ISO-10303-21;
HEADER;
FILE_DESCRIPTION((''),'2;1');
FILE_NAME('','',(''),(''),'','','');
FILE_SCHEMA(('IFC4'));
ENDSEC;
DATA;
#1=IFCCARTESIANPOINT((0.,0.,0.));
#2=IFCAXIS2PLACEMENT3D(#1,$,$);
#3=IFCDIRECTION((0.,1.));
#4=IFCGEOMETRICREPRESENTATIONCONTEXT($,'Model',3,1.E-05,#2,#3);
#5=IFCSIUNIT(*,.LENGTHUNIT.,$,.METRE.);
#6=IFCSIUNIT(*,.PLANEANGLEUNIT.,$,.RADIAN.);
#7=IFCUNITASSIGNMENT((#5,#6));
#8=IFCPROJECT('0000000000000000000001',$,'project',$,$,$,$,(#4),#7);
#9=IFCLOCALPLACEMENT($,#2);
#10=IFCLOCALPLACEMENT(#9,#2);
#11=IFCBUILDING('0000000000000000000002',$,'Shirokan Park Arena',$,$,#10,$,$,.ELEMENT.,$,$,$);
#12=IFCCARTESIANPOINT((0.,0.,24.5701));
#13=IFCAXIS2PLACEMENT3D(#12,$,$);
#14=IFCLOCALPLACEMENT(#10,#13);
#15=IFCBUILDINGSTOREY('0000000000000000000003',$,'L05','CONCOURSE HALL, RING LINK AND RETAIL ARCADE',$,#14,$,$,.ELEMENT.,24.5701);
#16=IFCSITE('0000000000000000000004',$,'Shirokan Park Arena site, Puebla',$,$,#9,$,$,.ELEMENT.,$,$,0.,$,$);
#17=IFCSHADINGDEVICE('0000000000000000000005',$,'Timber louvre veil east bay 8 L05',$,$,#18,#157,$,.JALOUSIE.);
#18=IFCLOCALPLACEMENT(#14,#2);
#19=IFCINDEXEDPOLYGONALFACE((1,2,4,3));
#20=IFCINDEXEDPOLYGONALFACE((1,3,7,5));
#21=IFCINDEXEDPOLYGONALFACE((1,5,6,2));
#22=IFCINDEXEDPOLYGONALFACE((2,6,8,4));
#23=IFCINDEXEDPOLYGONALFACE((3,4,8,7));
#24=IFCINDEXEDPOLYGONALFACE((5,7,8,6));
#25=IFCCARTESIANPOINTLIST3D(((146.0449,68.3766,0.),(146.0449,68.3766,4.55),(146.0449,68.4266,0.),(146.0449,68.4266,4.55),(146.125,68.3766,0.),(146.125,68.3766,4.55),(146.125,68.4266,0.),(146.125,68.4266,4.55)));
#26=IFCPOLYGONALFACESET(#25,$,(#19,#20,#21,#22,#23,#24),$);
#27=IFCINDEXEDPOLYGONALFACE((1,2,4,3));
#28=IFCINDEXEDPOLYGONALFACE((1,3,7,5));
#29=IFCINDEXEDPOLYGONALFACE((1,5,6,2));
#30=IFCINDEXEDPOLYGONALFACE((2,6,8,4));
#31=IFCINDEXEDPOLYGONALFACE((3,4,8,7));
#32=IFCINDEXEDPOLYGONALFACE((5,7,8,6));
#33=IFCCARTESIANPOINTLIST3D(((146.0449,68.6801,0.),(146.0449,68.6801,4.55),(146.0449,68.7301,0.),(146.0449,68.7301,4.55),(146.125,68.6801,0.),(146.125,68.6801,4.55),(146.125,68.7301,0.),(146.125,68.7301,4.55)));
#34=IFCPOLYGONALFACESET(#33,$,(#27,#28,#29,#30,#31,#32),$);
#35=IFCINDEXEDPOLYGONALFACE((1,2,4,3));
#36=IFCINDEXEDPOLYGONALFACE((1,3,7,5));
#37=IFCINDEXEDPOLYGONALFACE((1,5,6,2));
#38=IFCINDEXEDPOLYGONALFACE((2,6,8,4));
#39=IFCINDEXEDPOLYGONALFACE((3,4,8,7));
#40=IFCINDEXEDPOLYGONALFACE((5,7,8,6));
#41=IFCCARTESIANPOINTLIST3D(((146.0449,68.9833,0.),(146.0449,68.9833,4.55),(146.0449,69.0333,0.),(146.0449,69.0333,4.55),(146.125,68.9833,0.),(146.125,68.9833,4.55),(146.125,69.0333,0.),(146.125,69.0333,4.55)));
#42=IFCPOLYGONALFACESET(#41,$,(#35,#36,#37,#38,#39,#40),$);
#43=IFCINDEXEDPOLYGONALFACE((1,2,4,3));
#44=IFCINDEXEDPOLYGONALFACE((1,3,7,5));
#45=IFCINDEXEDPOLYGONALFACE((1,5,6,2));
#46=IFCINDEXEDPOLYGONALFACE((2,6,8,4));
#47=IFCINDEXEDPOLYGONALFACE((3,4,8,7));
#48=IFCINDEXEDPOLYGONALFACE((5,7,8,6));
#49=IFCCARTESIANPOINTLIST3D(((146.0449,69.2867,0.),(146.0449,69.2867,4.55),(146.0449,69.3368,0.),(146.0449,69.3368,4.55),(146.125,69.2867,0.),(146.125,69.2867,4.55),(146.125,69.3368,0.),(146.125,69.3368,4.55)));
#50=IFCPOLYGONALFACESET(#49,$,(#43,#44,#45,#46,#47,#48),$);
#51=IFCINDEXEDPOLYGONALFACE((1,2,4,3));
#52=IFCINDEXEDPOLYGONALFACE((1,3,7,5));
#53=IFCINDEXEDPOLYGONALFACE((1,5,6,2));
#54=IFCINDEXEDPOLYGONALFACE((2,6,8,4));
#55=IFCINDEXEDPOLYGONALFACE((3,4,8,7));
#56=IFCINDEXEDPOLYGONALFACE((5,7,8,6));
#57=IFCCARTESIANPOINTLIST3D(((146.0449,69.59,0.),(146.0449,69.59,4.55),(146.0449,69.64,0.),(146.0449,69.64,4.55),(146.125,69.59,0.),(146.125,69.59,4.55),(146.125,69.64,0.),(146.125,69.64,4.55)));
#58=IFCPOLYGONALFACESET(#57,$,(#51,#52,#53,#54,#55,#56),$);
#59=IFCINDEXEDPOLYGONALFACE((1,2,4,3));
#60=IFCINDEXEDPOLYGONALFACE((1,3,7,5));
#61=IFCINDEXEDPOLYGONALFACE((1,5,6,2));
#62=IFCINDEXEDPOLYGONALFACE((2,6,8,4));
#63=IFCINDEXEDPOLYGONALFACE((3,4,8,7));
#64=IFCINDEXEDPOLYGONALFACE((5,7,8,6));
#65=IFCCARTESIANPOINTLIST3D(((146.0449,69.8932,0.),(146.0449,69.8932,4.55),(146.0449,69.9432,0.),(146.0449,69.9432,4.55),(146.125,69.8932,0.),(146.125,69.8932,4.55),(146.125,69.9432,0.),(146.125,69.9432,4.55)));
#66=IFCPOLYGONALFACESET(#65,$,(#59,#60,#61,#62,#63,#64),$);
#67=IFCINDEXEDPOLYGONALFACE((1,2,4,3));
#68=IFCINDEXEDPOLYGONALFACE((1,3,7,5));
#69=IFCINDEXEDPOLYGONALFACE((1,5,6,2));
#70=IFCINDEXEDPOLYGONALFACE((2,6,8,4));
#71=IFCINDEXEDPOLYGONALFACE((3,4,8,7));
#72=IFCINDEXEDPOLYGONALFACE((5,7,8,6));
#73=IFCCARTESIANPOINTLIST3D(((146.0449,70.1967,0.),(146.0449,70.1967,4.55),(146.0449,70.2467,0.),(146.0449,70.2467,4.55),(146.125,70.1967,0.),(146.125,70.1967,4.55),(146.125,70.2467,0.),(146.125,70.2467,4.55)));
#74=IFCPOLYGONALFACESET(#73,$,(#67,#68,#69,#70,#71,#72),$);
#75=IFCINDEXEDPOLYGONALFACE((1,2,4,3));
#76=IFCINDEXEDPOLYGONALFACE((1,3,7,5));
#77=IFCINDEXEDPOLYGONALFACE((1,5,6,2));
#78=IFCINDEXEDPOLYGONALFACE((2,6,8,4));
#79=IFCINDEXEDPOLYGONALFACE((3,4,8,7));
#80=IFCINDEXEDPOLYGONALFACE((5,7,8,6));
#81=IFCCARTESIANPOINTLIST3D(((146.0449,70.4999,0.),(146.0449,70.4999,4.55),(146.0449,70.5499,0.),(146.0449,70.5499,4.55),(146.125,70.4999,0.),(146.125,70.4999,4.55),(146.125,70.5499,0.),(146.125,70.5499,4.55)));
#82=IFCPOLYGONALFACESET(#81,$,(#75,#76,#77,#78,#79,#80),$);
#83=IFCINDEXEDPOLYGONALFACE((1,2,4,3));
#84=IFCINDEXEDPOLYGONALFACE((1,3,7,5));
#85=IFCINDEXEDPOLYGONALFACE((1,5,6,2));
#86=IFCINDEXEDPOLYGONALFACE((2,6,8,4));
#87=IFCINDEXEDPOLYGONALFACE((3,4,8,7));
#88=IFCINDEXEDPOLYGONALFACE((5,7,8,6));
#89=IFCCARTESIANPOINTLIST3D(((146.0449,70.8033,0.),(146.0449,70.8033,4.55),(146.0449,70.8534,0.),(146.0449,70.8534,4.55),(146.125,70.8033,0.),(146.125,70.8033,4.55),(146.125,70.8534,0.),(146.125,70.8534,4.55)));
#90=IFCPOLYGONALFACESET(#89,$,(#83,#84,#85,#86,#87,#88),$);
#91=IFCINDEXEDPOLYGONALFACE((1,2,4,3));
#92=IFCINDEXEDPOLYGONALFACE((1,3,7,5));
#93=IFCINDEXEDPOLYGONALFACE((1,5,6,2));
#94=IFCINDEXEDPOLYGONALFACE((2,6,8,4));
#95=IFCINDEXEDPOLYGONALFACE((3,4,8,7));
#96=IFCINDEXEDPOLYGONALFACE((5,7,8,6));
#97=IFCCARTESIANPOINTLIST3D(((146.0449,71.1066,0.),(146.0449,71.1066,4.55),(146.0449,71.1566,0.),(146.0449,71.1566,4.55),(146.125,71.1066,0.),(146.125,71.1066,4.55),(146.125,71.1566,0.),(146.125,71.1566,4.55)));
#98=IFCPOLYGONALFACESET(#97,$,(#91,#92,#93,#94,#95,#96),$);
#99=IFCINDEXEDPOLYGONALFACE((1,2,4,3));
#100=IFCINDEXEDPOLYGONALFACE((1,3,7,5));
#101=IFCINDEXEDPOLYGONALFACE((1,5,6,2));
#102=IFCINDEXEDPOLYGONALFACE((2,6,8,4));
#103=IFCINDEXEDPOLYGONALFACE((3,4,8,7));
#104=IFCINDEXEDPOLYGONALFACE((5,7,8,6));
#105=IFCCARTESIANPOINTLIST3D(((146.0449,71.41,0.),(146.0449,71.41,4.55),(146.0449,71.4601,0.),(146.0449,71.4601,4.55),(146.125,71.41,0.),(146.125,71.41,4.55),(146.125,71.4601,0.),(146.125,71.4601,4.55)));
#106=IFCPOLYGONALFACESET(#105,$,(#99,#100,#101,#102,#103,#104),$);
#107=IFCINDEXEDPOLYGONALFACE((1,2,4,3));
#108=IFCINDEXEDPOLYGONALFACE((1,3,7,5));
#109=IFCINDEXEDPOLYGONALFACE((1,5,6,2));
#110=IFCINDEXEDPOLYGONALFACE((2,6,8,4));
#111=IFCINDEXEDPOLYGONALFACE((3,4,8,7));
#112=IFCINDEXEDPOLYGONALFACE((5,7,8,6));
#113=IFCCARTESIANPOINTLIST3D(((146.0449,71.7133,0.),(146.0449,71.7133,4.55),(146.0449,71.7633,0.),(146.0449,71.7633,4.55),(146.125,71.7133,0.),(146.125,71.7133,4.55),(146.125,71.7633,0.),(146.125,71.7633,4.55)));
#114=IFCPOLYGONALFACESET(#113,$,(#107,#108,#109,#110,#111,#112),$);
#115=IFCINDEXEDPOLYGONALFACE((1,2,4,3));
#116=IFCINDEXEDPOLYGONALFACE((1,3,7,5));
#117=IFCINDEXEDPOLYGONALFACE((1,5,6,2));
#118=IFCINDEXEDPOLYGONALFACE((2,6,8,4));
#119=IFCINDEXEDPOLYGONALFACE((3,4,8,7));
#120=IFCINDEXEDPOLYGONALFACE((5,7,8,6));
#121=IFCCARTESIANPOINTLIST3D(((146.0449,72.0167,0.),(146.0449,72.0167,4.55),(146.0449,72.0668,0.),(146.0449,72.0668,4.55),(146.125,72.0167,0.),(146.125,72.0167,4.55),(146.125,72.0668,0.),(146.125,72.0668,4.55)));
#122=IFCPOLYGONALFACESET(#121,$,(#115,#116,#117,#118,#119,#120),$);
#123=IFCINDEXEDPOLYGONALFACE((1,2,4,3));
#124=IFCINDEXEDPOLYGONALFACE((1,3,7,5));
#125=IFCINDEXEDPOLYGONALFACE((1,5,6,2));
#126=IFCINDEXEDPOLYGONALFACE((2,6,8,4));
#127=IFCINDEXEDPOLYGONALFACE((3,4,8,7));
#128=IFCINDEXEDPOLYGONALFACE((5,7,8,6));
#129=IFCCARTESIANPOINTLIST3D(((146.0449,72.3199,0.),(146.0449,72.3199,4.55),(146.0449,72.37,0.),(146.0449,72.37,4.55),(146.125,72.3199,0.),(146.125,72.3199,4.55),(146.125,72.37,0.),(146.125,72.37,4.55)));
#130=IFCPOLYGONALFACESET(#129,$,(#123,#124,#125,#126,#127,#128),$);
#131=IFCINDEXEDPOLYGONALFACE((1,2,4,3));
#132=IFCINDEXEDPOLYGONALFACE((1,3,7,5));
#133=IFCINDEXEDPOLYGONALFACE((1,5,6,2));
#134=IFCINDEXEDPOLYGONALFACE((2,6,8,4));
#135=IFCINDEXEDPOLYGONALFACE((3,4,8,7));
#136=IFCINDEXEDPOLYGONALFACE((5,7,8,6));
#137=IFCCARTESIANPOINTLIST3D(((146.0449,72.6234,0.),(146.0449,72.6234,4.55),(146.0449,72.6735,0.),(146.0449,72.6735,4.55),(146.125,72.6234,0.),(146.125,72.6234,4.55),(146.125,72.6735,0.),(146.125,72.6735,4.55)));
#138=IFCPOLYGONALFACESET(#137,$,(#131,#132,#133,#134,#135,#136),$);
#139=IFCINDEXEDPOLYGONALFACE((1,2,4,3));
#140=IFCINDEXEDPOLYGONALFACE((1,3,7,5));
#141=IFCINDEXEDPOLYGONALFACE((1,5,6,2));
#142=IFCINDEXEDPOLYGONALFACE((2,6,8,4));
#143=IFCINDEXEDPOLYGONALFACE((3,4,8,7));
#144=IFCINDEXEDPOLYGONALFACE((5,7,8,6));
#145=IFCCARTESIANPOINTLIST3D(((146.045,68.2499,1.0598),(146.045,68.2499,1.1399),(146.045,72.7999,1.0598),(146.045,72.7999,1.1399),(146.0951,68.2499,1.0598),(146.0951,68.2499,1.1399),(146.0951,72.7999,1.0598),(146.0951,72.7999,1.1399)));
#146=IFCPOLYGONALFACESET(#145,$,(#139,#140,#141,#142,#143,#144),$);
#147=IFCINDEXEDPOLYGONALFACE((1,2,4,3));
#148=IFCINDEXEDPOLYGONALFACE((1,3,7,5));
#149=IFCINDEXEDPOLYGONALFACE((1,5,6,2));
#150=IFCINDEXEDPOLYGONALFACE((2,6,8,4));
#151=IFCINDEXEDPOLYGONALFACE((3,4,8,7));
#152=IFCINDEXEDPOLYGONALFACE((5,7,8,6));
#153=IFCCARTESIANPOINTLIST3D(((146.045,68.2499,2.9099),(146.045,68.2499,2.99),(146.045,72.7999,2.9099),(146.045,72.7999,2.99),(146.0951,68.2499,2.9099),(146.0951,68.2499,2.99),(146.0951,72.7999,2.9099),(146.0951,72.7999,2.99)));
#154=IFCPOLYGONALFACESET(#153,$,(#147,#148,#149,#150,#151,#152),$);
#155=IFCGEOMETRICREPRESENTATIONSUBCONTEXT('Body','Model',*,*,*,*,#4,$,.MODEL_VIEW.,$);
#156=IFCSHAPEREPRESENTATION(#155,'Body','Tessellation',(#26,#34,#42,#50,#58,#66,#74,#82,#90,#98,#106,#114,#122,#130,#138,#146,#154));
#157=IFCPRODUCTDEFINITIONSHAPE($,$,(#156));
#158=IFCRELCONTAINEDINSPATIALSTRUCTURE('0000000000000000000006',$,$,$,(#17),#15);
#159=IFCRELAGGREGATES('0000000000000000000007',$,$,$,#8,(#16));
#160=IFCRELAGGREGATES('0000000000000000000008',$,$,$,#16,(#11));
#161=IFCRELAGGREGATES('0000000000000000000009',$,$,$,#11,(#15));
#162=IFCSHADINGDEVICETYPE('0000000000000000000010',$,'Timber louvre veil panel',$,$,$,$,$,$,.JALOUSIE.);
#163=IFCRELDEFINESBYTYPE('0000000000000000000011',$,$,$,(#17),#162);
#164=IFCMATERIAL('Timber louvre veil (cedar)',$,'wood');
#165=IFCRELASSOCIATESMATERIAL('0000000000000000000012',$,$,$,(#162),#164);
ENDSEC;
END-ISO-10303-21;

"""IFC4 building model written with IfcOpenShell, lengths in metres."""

from ifc_helpers import new_model, si_unit, direction, frame, origin, origin_2d, place, context, subcontext, project, spatial, rectangle, extrude, material, type_object, element, save


model = new_model("IFC4")

# Units and contexts
model_context = context("Model", 3, precision=1e-05, world=origin(), true_north=direction((0.0, 1.0)))
body_context = subcontext(model_context, "Body", "Model", "MODEL_VIEW")
ifc_project = project(units=[si_unit("LENGTHUNIT", "METRE"), si_unit("PLANEANGLEUNIT", "RADIAN")], contexts=[model_context])

# Site, building, storey
site_placement = place(None, origin())
site = spatial("IfcSite", under=ifc_project, at=site_placement, Name="Shirokan Park Arena site, Puebla", CompositionType="ELEMENT", RefElevation=0.0)
building_placement = place(site_placement, origin())
building = spatial("IfcBuilding", under=site, at=building_placement, Name="Shirokan Park Arena", CompositionType="ELEMENT")
storey_placement = place(building_placement, frame((0.0, 0.0, 24.5701)))
storey = spatial("IfcBuildingStorey", under=building, at=storey_placement, Name="L05", Description="CONCOURSE HALL, RING LINK AND RETAIL ARCADE", CompositionType="ELEMENT", Elevation=24.5701)

# Shading device
ifc_material_1 = material(Name="Timber louvre veil (cedar)", Category="wood")
shading_device_type = type_object("IfcShadingDeviceType", Name="Timber louvre veil panel", PredefinedType="JALOUSIE", material=ifc_material_1)
shading_device_1_placement = place(storey_placement, origin())
element("IfcShadingDevice", 1, at=shading_device_1_placement, inside=storey, type_object=shading_device_type, Name="Timber louvre veil east bay 8 L05", PredefinedType="JALOUSIE", context=body_context, shape_type="SweptSolid", body=[
    extrude(rectangle(XDim=0.05, YDim=0.0801, at=origin_2d()), frame((146.085, 68.4016, 0.0), z_axis=(0.0, 0.0, 1.0), x_axis=(0.0, 1.0, 0.0)), (0.0, 0.0, 1.0), 4.55),
    extrude(rectangle(XDim=0.05, YDim=0.0801, at=origin_2d()), frame((146.085, 68.7051, 0.0), z_axis=(0.0, 0.0, 1.0), x_axis=(0.0, 1.0, 0.0)), (0.0, 0.0, 1.0), 4.55),
    extrude(rectangle(XDim=0.05, YDim=0.0801, at=origin_2d()), frame((146.085, 69.0083, 0.0), z_axis=(0.0, 0.0, 1.0), x_axis=(0.0, 1.0, 0.0)), (0.0, 0.0, 1.0), 4.55),
    extrude(rectangle(XDim=0.05, YDim=0.0801, at=origin_2d()), frame((146.085, 69.3118, 0.0), z_axis=(0.0, 0.0, 1.0), x_axis=(0.0, 1.0, 0.0)), (0.0, 0.0, 1.0), 4.55),
    extrude(rectangle(XDim=0.05, YDim=0.0801, at=origin_2d()), frame((146.085, 69.615, 0.0), z_axis=(0.0, 0.0, 1.0), x_axis=(0.0, 1.0, 0.0)), (0.0, 0.0, 1.0), 4.55),
    extrude(rectangle(XDim=0.05, YDim=0.0801, at=origin_2d()), frame((146.085, 69.9182, 0.0), z_axis=(0.0, 0.0, 1.0), x_axis=(0.0, 1.0, 0.0)), (0.0, 0.0, 1.0), 4.55),
    extrude(rectangle(XDim=0.05, YDim=0.0801, at=origin_2d()), frame((146.085, 70.2217, 0.0), z_axis=(0.0, 0.0, 1.0), x_axis=(0.0, 1.0, 0.0)), (0.0, 0.0, 1.0), 4.55),
    extrude(rectangle(XDim=0.05, YDim=0.0801, at=origin_2d()), frame((146.085, 70.5249, 0.0), z_axis=(0.0, 0.0, 1.0), x_axis=(0.0, 1.0, 0.0)), (0.0, 0.0, 1.0), 4.55),
    extrude(rectangle(XDim=0.05, YDim=0.0801, at=origin_2d()), frame((146.085, 70.8284, 0.0), z_axis=(0.0, 0.0, 1.0), x_axis=(0.0, 1.0, 0.0)), (0.0, 0.0, 1.0), 4.55),
    extrude(rectangle(XDim=0.05, YDim=0.0801, at=origin_2d()), frame((146.085, 71.1316, 0.0), z_axis=(0.0, 0.0, 1.0), x_axis=(0.0, 1.0, 0.0)), (0.0, 0.0, 1.0), 4.55),
    extrude(rectangle(XDim=0.05, YDim=0.0801, at=origin_2d()), frame((146.085, 71.4351, 0.0), z_axis=(0.0, 0.0, 1.0), x_axis=(0.0, 1.0, 0.0)), (0.0, 0.0, 1.0), 4.55),
    extrude(rectangle(XDim=0.05, YDim=0.0801, at=origin_2d()), frame((146.085, 71.7383, 0.0), z_axis=(0.0, 0.0, 1.0), x_axis=(0.0, 1.0, 0.0)), (0.0, 0.0, 1.0), 4.55),
    extrude(rectangle(XDim=0.05, YDim=0.0801, at=origin_2d()), frame((146.085, 72.0417, 0.0), z_axis=(0.0, 0.0, 1.0), x_axis=(0.0, 1.0, 0.0)), (0.0, 0.0, 1.0), 4.55),
    extrude(rectangle(XDim=0.05, YDim=0.0801, at=origin_2d()), frame((146.085, 72.345, 0.0), z_axis=(0.0, 0.0, 1.0), x_axis=(0.0, 1.0, 0.0)), (0.0, 0.0, 1.0), 4.55),
    extrude(rectangle(XDim=0.05, YDim=0.0801, at=origin_2d()), frame((146.085, 72.6484, 0.0), z_axis=(0.0, 0.0, 1.0), x_axis=(0.0, 1.0, 0.0)), (0.0, 0.0, 1.0), 4.55),
    extrude(rectangle(XDim=4.55, YDim=0.05, at=origin_2d()), frame((146.0701, 70.5249, 1.0598), z_axis=(0.0, 0.0, 1.0), x_axis=(0.0, 1.0, 0.0)), (0.0, 0.0, 1.0), 0.0801),
    extrude(rectangle(XDim=4.55, YDim=0.05, at=origin_2d()), frame((146.0701, 70.5249, 2.9099), z_axis=(0.0, 0.0, 1.0), x_axis=(0.0, 1.0, 0.0)), (0.0, 0.0, 1.0), 0.0801),
])

save(model, "model.ifc")
